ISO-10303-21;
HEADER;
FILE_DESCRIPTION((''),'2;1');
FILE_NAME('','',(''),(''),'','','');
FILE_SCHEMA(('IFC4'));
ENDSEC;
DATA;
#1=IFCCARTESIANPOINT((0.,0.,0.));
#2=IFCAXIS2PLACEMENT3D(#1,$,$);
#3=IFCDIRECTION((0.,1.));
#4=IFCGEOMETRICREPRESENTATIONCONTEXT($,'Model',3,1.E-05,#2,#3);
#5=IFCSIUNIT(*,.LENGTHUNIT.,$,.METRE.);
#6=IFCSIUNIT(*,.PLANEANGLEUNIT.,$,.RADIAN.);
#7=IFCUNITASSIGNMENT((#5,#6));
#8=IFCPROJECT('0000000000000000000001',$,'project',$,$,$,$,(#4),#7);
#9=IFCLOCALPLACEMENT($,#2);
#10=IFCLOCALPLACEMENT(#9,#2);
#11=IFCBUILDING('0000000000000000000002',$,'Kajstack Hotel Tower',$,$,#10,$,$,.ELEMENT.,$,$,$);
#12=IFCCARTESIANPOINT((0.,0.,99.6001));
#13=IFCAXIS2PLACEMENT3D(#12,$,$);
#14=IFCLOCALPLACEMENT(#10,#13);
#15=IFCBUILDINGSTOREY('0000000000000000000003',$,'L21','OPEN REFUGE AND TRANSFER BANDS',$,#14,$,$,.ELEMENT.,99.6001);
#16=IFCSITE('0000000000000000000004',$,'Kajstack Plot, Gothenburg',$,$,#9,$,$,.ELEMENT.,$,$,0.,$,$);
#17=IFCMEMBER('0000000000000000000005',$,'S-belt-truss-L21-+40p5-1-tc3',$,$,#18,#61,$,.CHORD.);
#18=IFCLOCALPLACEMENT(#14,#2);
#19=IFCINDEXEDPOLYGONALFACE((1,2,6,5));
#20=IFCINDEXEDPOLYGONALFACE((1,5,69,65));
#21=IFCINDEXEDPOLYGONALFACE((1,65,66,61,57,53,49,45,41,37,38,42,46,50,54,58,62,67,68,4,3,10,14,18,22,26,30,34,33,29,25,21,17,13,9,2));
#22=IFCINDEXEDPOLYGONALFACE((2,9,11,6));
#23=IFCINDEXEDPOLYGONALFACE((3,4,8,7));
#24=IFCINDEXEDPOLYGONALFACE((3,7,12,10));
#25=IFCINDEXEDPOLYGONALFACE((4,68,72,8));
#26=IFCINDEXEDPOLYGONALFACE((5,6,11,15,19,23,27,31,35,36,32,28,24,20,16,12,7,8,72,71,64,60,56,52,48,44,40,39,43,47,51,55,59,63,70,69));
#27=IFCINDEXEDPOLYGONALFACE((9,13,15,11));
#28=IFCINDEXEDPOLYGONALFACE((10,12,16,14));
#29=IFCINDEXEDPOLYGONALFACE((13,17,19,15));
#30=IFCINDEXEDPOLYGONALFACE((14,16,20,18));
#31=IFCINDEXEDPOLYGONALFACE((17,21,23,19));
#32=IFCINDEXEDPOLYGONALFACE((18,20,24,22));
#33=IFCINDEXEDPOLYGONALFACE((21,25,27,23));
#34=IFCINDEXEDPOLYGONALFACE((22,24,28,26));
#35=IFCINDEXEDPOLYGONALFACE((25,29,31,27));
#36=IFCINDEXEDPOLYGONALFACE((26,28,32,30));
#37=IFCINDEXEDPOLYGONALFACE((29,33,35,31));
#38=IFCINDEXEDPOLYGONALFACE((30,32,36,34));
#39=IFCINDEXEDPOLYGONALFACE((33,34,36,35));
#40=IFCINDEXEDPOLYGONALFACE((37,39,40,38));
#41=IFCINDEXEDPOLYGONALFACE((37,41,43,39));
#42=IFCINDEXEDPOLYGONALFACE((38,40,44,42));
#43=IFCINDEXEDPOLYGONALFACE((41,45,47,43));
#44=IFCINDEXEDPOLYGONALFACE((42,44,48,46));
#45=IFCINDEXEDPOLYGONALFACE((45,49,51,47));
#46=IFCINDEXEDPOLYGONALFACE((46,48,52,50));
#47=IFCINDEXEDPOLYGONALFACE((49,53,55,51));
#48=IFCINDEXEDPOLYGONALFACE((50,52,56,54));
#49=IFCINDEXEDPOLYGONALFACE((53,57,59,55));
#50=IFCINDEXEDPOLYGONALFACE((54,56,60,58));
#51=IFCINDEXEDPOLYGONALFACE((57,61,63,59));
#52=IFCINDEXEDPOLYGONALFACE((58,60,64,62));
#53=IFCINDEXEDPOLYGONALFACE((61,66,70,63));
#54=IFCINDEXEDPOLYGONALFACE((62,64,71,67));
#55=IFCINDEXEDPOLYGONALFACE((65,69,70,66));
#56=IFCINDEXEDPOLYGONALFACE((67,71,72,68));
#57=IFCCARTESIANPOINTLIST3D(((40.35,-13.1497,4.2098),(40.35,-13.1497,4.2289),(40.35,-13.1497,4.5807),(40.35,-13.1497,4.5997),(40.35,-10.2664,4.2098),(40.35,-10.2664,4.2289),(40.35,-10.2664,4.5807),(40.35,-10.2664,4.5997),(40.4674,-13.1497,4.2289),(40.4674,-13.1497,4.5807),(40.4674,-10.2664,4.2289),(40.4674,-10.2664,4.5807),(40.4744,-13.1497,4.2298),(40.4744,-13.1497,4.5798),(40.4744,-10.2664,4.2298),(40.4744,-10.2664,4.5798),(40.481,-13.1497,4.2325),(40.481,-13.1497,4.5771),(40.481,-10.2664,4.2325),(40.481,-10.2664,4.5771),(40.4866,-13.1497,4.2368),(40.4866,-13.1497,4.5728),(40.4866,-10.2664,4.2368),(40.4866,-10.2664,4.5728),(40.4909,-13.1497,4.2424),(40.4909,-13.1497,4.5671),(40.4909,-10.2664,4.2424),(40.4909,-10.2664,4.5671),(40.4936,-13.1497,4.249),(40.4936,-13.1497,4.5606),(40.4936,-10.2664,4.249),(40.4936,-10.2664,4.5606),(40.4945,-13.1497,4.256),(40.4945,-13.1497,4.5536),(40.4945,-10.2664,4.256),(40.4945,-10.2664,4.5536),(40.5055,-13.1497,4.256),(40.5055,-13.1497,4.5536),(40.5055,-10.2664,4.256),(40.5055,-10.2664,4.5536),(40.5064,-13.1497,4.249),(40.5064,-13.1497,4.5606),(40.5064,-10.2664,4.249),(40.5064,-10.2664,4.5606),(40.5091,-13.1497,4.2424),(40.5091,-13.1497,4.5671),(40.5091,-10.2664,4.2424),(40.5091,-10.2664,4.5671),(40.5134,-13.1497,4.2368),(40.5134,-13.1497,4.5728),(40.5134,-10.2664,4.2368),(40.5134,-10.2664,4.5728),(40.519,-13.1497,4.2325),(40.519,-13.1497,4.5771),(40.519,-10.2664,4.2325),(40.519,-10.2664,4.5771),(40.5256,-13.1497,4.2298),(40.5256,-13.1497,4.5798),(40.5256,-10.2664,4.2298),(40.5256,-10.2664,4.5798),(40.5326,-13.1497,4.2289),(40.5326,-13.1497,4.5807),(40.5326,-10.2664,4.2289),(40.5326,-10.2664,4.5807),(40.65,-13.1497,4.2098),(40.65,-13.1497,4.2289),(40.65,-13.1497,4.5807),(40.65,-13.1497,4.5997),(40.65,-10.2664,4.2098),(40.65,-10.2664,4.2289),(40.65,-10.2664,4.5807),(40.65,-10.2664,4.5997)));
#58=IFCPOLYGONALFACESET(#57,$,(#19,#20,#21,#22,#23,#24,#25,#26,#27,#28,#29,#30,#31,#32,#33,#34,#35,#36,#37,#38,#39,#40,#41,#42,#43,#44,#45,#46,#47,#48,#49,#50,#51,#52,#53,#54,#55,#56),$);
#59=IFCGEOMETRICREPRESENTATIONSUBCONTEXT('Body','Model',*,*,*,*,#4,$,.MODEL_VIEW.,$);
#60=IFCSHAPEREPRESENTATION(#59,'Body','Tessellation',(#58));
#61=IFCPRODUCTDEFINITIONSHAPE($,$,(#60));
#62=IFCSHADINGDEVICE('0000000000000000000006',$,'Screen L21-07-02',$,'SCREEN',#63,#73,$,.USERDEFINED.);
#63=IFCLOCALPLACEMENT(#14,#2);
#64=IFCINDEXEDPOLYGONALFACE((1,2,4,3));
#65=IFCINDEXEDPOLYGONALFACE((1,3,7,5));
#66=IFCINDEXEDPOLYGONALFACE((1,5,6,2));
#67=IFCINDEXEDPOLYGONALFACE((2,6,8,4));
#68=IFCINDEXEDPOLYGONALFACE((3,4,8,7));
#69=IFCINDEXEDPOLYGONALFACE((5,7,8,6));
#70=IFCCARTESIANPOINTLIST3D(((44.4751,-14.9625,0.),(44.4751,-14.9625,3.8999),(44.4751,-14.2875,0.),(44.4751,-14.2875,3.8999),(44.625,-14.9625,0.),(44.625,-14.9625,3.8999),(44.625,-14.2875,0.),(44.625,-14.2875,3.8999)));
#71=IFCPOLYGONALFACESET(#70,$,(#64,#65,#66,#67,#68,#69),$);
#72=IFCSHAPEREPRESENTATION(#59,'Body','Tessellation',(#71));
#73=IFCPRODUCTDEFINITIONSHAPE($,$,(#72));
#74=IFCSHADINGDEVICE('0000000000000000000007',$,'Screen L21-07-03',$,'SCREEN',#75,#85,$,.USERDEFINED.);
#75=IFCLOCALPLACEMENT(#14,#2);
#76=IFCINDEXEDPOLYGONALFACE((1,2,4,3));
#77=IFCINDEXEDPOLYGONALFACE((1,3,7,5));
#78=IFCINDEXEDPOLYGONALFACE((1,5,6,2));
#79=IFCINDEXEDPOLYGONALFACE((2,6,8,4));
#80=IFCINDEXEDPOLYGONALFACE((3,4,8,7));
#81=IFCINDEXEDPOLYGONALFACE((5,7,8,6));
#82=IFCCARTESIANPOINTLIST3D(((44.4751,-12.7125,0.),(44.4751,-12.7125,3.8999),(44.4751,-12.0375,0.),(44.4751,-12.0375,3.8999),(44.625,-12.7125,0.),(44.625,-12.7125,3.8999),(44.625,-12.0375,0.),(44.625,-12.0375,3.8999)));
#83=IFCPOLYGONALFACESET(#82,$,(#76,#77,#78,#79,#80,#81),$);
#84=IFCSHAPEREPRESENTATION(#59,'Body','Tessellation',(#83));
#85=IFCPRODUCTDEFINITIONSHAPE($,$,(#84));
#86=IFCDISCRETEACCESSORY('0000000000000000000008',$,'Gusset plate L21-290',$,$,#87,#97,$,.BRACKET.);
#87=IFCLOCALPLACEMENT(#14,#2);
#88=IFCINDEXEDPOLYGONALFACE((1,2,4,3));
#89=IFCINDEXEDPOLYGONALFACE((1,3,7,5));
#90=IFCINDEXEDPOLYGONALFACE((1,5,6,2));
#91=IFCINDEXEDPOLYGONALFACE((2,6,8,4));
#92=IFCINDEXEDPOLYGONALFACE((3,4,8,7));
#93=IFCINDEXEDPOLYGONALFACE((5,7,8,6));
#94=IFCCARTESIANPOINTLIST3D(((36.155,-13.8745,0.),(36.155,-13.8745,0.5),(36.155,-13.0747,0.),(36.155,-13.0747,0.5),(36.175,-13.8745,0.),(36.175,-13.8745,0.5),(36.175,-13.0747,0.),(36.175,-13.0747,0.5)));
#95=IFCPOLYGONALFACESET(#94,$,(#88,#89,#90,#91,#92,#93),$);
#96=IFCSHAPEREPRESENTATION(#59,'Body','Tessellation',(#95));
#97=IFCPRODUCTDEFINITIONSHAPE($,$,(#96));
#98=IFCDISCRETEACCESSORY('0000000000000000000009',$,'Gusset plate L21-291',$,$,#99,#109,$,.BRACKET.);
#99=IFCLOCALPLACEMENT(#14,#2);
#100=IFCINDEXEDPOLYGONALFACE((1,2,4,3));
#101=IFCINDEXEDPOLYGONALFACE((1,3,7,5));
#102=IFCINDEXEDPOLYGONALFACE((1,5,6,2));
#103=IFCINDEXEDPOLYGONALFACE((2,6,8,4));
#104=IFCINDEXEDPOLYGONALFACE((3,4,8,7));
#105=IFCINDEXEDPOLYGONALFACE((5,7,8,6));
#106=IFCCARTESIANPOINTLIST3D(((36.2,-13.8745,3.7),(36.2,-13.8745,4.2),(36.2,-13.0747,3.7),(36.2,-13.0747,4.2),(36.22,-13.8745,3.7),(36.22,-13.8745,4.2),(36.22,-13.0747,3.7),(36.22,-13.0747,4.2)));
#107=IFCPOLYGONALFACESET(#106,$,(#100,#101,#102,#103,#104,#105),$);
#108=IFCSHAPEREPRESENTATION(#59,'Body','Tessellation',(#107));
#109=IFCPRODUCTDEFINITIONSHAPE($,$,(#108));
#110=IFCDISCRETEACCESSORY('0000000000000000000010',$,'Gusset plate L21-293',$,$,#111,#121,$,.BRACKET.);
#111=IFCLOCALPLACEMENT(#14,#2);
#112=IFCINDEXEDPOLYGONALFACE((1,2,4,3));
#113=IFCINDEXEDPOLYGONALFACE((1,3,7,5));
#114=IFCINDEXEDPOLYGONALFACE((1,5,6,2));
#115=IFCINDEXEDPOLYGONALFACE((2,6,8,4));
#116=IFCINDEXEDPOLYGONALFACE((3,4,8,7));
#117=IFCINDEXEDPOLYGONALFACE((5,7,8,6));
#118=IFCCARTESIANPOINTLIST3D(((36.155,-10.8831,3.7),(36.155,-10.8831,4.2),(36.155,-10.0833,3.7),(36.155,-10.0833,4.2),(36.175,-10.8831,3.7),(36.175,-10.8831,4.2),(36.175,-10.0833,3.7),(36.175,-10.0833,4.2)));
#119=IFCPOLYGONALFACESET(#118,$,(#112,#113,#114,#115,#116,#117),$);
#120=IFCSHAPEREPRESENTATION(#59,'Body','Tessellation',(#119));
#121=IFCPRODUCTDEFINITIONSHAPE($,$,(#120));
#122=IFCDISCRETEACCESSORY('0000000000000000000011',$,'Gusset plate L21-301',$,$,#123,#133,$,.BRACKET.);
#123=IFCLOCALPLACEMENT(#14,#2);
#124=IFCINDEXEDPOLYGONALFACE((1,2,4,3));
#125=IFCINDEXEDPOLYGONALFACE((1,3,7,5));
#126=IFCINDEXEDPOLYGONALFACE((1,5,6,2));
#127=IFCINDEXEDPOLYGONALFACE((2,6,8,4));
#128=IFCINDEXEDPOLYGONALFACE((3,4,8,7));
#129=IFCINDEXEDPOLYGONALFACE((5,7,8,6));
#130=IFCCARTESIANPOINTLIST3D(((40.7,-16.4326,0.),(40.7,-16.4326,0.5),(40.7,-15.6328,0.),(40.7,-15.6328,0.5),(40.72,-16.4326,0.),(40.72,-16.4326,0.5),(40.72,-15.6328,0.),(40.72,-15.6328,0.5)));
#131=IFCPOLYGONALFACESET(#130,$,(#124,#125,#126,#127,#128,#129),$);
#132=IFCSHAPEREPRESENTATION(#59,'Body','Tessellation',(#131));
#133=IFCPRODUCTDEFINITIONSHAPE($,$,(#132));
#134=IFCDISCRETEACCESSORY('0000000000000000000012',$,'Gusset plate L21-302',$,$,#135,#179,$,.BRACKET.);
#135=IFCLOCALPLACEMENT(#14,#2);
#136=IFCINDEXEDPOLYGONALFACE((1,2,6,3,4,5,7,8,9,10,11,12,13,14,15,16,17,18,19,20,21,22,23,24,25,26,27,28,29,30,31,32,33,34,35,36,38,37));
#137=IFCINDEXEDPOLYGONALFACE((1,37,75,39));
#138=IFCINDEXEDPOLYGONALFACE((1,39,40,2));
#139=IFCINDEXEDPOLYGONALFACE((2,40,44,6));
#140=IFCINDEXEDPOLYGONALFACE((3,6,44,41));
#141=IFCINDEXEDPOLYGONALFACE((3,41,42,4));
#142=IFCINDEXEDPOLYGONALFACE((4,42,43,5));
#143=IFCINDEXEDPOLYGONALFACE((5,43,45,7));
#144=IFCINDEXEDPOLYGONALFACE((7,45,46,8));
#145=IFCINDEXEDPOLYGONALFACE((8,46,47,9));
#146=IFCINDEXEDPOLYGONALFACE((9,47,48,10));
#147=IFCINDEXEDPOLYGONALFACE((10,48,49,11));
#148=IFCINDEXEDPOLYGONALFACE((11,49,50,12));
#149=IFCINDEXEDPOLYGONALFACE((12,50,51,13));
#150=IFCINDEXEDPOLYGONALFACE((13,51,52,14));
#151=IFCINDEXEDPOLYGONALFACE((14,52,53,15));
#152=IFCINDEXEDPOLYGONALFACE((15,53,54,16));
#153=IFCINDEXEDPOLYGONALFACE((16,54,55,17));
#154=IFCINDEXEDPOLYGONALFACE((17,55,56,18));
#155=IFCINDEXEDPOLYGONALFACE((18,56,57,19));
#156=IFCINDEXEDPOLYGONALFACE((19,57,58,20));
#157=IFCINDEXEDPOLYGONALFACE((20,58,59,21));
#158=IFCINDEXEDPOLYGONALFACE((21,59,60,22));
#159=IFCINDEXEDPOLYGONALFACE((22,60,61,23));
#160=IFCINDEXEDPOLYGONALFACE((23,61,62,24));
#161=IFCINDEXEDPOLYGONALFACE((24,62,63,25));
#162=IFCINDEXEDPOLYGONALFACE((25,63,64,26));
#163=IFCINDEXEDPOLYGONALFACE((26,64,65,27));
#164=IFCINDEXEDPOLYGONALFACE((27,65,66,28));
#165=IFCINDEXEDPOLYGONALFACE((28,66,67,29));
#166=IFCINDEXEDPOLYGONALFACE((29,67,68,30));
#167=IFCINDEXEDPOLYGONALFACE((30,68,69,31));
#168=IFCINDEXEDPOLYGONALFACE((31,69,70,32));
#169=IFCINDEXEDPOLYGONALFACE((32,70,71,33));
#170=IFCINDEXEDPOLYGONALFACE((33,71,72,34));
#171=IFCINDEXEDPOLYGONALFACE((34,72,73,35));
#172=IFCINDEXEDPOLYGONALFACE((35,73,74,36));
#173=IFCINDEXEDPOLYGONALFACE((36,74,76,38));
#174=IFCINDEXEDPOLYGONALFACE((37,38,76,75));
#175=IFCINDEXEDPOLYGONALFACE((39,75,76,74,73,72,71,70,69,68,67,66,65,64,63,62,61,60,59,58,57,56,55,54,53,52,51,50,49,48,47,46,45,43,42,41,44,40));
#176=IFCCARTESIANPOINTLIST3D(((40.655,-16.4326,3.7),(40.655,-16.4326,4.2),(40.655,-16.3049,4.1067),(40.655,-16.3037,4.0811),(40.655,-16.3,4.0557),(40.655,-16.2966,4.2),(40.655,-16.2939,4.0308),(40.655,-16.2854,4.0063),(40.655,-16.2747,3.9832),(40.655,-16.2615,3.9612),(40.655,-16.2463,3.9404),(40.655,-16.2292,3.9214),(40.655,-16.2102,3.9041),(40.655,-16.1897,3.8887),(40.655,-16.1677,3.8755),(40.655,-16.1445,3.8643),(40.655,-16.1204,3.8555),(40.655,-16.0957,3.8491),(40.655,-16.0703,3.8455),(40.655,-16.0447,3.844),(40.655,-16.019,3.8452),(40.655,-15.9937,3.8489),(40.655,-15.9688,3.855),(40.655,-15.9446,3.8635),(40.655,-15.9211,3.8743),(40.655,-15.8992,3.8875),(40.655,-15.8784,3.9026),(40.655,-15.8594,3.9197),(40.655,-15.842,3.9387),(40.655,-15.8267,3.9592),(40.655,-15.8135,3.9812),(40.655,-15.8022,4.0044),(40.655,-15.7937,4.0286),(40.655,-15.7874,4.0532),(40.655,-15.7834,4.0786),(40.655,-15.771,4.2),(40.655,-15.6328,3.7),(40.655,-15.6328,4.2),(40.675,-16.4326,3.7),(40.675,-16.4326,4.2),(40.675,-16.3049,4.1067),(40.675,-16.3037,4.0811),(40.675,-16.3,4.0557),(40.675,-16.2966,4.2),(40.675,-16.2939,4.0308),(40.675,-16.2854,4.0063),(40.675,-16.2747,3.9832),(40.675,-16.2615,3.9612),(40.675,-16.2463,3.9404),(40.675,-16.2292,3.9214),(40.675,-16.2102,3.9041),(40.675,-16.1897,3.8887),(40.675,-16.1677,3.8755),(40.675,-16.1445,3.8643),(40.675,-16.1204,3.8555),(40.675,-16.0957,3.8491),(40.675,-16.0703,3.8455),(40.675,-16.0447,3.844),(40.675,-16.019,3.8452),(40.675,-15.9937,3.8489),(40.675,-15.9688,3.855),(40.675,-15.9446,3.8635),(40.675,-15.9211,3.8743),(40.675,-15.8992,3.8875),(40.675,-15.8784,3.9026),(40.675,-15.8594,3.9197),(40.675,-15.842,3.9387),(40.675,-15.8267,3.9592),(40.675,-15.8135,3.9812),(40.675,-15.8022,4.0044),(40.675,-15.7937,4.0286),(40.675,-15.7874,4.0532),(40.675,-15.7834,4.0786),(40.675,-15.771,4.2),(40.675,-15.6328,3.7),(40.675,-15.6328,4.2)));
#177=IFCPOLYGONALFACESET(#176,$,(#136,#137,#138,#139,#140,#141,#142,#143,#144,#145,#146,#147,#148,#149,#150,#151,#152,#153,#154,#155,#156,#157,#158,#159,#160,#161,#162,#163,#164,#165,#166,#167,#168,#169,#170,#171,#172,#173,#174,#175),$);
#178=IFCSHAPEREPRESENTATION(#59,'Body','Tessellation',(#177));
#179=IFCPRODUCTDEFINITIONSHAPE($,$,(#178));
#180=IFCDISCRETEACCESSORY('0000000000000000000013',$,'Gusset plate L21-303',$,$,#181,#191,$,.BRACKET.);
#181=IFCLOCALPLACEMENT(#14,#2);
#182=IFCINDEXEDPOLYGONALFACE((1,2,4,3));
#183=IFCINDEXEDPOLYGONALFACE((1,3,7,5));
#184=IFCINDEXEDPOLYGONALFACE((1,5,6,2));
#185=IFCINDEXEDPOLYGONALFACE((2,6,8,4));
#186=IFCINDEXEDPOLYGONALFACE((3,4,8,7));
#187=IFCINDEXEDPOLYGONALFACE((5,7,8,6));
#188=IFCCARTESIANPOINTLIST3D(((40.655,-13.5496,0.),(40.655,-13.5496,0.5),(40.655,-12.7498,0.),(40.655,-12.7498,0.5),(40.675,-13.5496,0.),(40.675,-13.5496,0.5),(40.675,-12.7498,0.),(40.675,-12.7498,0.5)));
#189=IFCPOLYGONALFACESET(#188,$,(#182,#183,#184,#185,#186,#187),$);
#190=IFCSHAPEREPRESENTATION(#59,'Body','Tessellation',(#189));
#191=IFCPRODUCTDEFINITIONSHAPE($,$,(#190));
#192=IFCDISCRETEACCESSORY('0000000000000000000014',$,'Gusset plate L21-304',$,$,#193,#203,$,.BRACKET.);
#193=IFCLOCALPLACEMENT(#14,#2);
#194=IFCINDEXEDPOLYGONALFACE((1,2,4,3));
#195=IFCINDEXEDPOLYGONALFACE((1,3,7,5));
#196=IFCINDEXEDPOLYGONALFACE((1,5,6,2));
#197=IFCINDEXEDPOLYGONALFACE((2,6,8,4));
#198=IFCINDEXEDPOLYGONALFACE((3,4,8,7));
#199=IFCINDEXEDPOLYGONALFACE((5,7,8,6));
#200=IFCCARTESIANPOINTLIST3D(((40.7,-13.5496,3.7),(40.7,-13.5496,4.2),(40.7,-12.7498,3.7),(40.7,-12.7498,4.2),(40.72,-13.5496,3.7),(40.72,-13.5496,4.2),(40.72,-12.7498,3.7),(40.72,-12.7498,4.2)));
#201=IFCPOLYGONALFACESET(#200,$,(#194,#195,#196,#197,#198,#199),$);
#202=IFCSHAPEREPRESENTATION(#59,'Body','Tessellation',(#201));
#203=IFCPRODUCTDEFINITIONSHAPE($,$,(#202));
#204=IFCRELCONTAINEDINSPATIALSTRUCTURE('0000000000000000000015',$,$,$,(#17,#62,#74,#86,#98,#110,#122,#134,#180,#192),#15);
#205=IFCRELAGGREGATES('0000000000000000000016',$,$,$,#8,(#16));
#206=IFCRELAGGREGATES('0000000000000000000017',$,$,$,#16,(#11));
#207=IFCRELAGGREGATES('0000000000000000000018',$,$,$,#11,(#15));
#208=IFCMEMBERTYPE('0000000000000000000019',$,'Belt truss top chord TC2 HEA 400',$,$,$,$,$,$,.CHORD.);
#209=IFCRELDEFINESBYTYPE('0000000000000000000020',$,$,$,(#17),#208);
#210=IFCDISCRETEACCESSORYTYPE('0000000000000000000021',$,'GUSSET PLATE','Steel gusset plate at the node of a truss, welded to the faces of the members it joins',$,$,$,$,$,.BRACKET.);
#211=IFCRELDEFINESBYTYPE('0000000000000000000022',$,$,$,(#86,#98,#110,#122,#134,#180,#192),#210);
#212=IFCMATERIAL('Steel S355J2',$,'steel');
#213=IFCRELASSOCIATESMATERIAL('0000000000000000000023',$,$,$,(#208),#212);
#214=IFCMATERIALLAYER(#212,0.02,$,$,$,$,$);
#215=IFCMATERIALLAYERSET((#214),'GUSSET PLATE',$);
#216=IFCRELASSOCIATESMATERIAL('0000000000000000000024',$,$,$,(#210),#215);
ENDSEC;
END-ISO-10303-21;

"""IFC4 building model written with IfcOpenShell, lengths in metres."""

from ifc_helpers import new_model, si_unit, direction, frame, origin, origin_2d, place, context, subcontext, project, spatial, polyline, rectangle, i_section, outline, extrude, material, layer, layer_set, material_profile, profile_set, type_object, element, save


model = new_model("IFC4")

# Units and contexts
model_context = context("Model", 3, precision=1e-05, world=origin(), true_north=direction((0.0, 1.0)))
body_context = subcontext(model_context, "Body", "Model", "MODEL_VIEW")
ifc_project = project(units=[si_unit("LENGTHUNIT", "METRE"), si_unit("PLANEANGLEUNIT", "RADIAN")], contexts=[model_context])

# Site, building, storey
site_placement = place(None, origin())
site = spatial("IfcSite", under=ifc_project, at=site_placement, Name="Kajstack Plot, Gothenburg", CompositionType="ELEMENT", RefElevation=0.0)
building_placement = place(site_placement, origin())
building = spatial("IfcBuilding", under=site, at=building_placement, Name="Kajstack Hotel Tower", CompositionType="ELEMENT")
storey_placement = place(building_placement, frame((0.0, 0.0, 99.6001)))
storey = spatial("IfcBuildingStorey", under=building, at=storey_placement, Name="L21", Description="OPEN REFUGE AND TRANSFER BANDS", CompositionType="ELEMENT", Elevation=99.6001)

# Member
ifc_material = material(Name="Steel S355J2", Category="steel")
ifc_material_profile_1 = material_profile(ifc_material, i_section(OverallWidth=0.3, OverallDepth=0.3899, WebThickness=0.011, FlangeThickness=0.019, FilletRadius=0.0271, at=origin_2d()), Name="HEA 400")
ifc_profile_set_1 = profile_set([ifc_material_profile_1], Name="Steel S355J2")
member_type_1 = type_object("IfcMemberType", Name="Belt truss top chord TC2 HEA 400", PredefinedType="CHORD", material=ifc_profile_set_1)
member_1_placement = place(storey_placement, frame((40.5, -13.1497, 4.4048), z_axis=(0.0, 1.0, 0.0), x_axis=(-1.0, 0.0, 0.0)))
element("IfcMember", 1, at=member_1_placement, inside=storey, type_object=member_type_1, Name="S-belt-truss-L21-+40p5-1-tc3", PredefinedType="CHORD", context=body_context, shape_type="SweptSolid", body=[
    extrude(i_section(OverallWidth=0.3, OverallDepth=0.3899, WebThickness=0.011, FlangeThickness=0.019, FilletRadius=0.0271, at=origin_2d()), origin(), (0.0, 0.0, 1.0), 2.8833),
])

# Shading devices
for number, where, z_axis, x_axis, name in (
    (2, (44.55, -14.625, 0.0), (0.0, 0.0, 1.0), (0.0, 1.0, 0.0), "Screen L21-07-02"),
    (3, (44.55, -12.375, 0.0), (0.0, 0.0, 1.0), (0.0, 1.0, 0.0), "Screen L21-07-03"),
):
    element("IfcShadingDevice", number, at=place(storey_placement, frame(where, z_axis=z_axis, x_axis=x_axis)), inside=storey, Name=name, ObjectType="SCREEN", PredefinedType="USERDEFINED", context=body_context, shape_type="SweptSolid", body=[
        extrude(rectangle(XDim=0.675, YDim=0.1499, at=origin_2d()), origin(), (0.0, 0.0, 1.0), 3.8999),
    ])

# Discrete accessories
ifc_layer = layer(ifc_material, 0.02)
ifc_layer_set = layer_set([ifc_layer], Name="GUSSET PLATE")
discrete_accessory_type = type_object("IfcDiscreteAccessoryType", Name="GUSSET PLATE", Description="Steel gusset plate at the node of a truss, welded to the faces of the members it joins", PredefinedType="BRACKET", material=ifc_layer_set)
for number, where, z_axis, x_axis, name in (
    (4, (36.155, -13.4746, 0.0), (1.0, 0.0, 0.0), (0.0, 1.0, 0.0), "Gusset plate L21-290"),
    (5, (36.2, -13.4746, 3.7), (1.0, 0.0, 0.0), (0.0, 1.0, 0.0), "Gusset plate L21-291"),
    (6, (36.155, -10.4832, 3.7), (1.0, 0.0, 0.0), (0.0, 1.0, 0.0), "Gusset plate L21-293"),
    (7, (40.7, -16.0327, 0.0), (1.0, 0.0, 0.0), (0.0, 1.0, 0.0), "Gusset plate L21-301"),
):
    element("IfcDiscreteAccessory", number, at=place(storey_placement, frame(where, z_axis=z_axis, x_axis=x_axis)), inside=storey, type_object=discrete_accessory_type, Name=name, PredefinedType="BRACKET", context=body_context, shape_type="SweptSolid", body=[
        extrude(outline(polyline([(-0.3999, 0.0), (0.3999, 0.0), (0.3999, 0.5), (-0.3999, 0.5), (-0.3999, 0.0)])), origin(), (0.0, 0.0, 1.0), 0.02),
    ])
discrete_accessory_placement = place(storey_placement, frame((40.655, -16.0327, 3.7), z_axis=(1.0, 0.0, 0.0), x_axis=(0.0, 1.0, 0.0)))
element("IfcDiscreteAccessory", 8, at=discrete_accessory_placement, inside=storey, type_object=discrete_accessory_type, Name="Gusset plate L21-302", PredefinedType="BRACKET", context=body_context, shape_type="SweptSolid", body=[
    extrude(outline(polyline([(0.3999, 0.5), (0.2617, 0.5), (0.2493, 0.3787), (0.2454, 0.3533), (0.239, 0.3286), (0.2305, 0.3044), (0.2192, 0.2812), (0.2061, 0.2593), (0.1907, 0.2388), (0.1733, 0.2197), (0.1543, 0.2026), (0.1335, 0.1875), (0.1116, 0.1743), (0.0881, 0.1636), (0.064, 0.155), (0.0391, 0.1489), (0.0137, 0.1453), (-0.012, 0.144), (-0.0376, 0.1455), (-0.063, 0.1492), (-0.0876, 0.1555), (-0.1118, 0.1643), (-0.135, 0.1755), (-0.157, 0.1887), (-0.1775, 0.2041), (-0.1965, 0.2214), (-0.2136, 0.2405), (-0.2288, 0.2612), (-0.2419, 0.2832), (-0.2527, 0.3064), (-0.2612, 0.3308), (-0.2673, 0.3557), (-0.271, 0.3811), (-0.2722, 0.4067), (-0.2639, 0.5), (-0.3999, 0.5), (-0.3999, 0.0), (0.3999, 0.0), (0.3999, 0.5)])), origin(), (0.0, 0.0, 1.0), 0.02),
])
for number, where, z_axis, x_axis, name in (
    (9, (40.655, -13.1497, 0.0), (1.0, 0.0, 0.0), (0.0, 1.0, 0.0), "Gusset plate L21-303"),
    (10, (40.7, -13.1497, 3.7), (1.0, 0.0, 0.0), (0.0, 1.0, 0.0), "Gusset plate L21-304"),
):
    element("IfcDiscreteAccessory", number, at=place(storey_placement, frame(where, z_axis=z_axis, x_axis=x_axis)), inside=storey, type_object=discrete_accessory_type, Name=name, PredefinedType="BRACKET", context=body_context, shape_type="SweptSolid", body=[
        extrude(outline(polyline([(-0.3999, 0.0), (0.3999, 0.0), (0.3999, 0.5), (-0.3999, 0.5), (-0.3999, 0.0)])), origin(), (0.0, 0.0, 1.0), 0.02),
    ])

save(model, "model.ifc")
